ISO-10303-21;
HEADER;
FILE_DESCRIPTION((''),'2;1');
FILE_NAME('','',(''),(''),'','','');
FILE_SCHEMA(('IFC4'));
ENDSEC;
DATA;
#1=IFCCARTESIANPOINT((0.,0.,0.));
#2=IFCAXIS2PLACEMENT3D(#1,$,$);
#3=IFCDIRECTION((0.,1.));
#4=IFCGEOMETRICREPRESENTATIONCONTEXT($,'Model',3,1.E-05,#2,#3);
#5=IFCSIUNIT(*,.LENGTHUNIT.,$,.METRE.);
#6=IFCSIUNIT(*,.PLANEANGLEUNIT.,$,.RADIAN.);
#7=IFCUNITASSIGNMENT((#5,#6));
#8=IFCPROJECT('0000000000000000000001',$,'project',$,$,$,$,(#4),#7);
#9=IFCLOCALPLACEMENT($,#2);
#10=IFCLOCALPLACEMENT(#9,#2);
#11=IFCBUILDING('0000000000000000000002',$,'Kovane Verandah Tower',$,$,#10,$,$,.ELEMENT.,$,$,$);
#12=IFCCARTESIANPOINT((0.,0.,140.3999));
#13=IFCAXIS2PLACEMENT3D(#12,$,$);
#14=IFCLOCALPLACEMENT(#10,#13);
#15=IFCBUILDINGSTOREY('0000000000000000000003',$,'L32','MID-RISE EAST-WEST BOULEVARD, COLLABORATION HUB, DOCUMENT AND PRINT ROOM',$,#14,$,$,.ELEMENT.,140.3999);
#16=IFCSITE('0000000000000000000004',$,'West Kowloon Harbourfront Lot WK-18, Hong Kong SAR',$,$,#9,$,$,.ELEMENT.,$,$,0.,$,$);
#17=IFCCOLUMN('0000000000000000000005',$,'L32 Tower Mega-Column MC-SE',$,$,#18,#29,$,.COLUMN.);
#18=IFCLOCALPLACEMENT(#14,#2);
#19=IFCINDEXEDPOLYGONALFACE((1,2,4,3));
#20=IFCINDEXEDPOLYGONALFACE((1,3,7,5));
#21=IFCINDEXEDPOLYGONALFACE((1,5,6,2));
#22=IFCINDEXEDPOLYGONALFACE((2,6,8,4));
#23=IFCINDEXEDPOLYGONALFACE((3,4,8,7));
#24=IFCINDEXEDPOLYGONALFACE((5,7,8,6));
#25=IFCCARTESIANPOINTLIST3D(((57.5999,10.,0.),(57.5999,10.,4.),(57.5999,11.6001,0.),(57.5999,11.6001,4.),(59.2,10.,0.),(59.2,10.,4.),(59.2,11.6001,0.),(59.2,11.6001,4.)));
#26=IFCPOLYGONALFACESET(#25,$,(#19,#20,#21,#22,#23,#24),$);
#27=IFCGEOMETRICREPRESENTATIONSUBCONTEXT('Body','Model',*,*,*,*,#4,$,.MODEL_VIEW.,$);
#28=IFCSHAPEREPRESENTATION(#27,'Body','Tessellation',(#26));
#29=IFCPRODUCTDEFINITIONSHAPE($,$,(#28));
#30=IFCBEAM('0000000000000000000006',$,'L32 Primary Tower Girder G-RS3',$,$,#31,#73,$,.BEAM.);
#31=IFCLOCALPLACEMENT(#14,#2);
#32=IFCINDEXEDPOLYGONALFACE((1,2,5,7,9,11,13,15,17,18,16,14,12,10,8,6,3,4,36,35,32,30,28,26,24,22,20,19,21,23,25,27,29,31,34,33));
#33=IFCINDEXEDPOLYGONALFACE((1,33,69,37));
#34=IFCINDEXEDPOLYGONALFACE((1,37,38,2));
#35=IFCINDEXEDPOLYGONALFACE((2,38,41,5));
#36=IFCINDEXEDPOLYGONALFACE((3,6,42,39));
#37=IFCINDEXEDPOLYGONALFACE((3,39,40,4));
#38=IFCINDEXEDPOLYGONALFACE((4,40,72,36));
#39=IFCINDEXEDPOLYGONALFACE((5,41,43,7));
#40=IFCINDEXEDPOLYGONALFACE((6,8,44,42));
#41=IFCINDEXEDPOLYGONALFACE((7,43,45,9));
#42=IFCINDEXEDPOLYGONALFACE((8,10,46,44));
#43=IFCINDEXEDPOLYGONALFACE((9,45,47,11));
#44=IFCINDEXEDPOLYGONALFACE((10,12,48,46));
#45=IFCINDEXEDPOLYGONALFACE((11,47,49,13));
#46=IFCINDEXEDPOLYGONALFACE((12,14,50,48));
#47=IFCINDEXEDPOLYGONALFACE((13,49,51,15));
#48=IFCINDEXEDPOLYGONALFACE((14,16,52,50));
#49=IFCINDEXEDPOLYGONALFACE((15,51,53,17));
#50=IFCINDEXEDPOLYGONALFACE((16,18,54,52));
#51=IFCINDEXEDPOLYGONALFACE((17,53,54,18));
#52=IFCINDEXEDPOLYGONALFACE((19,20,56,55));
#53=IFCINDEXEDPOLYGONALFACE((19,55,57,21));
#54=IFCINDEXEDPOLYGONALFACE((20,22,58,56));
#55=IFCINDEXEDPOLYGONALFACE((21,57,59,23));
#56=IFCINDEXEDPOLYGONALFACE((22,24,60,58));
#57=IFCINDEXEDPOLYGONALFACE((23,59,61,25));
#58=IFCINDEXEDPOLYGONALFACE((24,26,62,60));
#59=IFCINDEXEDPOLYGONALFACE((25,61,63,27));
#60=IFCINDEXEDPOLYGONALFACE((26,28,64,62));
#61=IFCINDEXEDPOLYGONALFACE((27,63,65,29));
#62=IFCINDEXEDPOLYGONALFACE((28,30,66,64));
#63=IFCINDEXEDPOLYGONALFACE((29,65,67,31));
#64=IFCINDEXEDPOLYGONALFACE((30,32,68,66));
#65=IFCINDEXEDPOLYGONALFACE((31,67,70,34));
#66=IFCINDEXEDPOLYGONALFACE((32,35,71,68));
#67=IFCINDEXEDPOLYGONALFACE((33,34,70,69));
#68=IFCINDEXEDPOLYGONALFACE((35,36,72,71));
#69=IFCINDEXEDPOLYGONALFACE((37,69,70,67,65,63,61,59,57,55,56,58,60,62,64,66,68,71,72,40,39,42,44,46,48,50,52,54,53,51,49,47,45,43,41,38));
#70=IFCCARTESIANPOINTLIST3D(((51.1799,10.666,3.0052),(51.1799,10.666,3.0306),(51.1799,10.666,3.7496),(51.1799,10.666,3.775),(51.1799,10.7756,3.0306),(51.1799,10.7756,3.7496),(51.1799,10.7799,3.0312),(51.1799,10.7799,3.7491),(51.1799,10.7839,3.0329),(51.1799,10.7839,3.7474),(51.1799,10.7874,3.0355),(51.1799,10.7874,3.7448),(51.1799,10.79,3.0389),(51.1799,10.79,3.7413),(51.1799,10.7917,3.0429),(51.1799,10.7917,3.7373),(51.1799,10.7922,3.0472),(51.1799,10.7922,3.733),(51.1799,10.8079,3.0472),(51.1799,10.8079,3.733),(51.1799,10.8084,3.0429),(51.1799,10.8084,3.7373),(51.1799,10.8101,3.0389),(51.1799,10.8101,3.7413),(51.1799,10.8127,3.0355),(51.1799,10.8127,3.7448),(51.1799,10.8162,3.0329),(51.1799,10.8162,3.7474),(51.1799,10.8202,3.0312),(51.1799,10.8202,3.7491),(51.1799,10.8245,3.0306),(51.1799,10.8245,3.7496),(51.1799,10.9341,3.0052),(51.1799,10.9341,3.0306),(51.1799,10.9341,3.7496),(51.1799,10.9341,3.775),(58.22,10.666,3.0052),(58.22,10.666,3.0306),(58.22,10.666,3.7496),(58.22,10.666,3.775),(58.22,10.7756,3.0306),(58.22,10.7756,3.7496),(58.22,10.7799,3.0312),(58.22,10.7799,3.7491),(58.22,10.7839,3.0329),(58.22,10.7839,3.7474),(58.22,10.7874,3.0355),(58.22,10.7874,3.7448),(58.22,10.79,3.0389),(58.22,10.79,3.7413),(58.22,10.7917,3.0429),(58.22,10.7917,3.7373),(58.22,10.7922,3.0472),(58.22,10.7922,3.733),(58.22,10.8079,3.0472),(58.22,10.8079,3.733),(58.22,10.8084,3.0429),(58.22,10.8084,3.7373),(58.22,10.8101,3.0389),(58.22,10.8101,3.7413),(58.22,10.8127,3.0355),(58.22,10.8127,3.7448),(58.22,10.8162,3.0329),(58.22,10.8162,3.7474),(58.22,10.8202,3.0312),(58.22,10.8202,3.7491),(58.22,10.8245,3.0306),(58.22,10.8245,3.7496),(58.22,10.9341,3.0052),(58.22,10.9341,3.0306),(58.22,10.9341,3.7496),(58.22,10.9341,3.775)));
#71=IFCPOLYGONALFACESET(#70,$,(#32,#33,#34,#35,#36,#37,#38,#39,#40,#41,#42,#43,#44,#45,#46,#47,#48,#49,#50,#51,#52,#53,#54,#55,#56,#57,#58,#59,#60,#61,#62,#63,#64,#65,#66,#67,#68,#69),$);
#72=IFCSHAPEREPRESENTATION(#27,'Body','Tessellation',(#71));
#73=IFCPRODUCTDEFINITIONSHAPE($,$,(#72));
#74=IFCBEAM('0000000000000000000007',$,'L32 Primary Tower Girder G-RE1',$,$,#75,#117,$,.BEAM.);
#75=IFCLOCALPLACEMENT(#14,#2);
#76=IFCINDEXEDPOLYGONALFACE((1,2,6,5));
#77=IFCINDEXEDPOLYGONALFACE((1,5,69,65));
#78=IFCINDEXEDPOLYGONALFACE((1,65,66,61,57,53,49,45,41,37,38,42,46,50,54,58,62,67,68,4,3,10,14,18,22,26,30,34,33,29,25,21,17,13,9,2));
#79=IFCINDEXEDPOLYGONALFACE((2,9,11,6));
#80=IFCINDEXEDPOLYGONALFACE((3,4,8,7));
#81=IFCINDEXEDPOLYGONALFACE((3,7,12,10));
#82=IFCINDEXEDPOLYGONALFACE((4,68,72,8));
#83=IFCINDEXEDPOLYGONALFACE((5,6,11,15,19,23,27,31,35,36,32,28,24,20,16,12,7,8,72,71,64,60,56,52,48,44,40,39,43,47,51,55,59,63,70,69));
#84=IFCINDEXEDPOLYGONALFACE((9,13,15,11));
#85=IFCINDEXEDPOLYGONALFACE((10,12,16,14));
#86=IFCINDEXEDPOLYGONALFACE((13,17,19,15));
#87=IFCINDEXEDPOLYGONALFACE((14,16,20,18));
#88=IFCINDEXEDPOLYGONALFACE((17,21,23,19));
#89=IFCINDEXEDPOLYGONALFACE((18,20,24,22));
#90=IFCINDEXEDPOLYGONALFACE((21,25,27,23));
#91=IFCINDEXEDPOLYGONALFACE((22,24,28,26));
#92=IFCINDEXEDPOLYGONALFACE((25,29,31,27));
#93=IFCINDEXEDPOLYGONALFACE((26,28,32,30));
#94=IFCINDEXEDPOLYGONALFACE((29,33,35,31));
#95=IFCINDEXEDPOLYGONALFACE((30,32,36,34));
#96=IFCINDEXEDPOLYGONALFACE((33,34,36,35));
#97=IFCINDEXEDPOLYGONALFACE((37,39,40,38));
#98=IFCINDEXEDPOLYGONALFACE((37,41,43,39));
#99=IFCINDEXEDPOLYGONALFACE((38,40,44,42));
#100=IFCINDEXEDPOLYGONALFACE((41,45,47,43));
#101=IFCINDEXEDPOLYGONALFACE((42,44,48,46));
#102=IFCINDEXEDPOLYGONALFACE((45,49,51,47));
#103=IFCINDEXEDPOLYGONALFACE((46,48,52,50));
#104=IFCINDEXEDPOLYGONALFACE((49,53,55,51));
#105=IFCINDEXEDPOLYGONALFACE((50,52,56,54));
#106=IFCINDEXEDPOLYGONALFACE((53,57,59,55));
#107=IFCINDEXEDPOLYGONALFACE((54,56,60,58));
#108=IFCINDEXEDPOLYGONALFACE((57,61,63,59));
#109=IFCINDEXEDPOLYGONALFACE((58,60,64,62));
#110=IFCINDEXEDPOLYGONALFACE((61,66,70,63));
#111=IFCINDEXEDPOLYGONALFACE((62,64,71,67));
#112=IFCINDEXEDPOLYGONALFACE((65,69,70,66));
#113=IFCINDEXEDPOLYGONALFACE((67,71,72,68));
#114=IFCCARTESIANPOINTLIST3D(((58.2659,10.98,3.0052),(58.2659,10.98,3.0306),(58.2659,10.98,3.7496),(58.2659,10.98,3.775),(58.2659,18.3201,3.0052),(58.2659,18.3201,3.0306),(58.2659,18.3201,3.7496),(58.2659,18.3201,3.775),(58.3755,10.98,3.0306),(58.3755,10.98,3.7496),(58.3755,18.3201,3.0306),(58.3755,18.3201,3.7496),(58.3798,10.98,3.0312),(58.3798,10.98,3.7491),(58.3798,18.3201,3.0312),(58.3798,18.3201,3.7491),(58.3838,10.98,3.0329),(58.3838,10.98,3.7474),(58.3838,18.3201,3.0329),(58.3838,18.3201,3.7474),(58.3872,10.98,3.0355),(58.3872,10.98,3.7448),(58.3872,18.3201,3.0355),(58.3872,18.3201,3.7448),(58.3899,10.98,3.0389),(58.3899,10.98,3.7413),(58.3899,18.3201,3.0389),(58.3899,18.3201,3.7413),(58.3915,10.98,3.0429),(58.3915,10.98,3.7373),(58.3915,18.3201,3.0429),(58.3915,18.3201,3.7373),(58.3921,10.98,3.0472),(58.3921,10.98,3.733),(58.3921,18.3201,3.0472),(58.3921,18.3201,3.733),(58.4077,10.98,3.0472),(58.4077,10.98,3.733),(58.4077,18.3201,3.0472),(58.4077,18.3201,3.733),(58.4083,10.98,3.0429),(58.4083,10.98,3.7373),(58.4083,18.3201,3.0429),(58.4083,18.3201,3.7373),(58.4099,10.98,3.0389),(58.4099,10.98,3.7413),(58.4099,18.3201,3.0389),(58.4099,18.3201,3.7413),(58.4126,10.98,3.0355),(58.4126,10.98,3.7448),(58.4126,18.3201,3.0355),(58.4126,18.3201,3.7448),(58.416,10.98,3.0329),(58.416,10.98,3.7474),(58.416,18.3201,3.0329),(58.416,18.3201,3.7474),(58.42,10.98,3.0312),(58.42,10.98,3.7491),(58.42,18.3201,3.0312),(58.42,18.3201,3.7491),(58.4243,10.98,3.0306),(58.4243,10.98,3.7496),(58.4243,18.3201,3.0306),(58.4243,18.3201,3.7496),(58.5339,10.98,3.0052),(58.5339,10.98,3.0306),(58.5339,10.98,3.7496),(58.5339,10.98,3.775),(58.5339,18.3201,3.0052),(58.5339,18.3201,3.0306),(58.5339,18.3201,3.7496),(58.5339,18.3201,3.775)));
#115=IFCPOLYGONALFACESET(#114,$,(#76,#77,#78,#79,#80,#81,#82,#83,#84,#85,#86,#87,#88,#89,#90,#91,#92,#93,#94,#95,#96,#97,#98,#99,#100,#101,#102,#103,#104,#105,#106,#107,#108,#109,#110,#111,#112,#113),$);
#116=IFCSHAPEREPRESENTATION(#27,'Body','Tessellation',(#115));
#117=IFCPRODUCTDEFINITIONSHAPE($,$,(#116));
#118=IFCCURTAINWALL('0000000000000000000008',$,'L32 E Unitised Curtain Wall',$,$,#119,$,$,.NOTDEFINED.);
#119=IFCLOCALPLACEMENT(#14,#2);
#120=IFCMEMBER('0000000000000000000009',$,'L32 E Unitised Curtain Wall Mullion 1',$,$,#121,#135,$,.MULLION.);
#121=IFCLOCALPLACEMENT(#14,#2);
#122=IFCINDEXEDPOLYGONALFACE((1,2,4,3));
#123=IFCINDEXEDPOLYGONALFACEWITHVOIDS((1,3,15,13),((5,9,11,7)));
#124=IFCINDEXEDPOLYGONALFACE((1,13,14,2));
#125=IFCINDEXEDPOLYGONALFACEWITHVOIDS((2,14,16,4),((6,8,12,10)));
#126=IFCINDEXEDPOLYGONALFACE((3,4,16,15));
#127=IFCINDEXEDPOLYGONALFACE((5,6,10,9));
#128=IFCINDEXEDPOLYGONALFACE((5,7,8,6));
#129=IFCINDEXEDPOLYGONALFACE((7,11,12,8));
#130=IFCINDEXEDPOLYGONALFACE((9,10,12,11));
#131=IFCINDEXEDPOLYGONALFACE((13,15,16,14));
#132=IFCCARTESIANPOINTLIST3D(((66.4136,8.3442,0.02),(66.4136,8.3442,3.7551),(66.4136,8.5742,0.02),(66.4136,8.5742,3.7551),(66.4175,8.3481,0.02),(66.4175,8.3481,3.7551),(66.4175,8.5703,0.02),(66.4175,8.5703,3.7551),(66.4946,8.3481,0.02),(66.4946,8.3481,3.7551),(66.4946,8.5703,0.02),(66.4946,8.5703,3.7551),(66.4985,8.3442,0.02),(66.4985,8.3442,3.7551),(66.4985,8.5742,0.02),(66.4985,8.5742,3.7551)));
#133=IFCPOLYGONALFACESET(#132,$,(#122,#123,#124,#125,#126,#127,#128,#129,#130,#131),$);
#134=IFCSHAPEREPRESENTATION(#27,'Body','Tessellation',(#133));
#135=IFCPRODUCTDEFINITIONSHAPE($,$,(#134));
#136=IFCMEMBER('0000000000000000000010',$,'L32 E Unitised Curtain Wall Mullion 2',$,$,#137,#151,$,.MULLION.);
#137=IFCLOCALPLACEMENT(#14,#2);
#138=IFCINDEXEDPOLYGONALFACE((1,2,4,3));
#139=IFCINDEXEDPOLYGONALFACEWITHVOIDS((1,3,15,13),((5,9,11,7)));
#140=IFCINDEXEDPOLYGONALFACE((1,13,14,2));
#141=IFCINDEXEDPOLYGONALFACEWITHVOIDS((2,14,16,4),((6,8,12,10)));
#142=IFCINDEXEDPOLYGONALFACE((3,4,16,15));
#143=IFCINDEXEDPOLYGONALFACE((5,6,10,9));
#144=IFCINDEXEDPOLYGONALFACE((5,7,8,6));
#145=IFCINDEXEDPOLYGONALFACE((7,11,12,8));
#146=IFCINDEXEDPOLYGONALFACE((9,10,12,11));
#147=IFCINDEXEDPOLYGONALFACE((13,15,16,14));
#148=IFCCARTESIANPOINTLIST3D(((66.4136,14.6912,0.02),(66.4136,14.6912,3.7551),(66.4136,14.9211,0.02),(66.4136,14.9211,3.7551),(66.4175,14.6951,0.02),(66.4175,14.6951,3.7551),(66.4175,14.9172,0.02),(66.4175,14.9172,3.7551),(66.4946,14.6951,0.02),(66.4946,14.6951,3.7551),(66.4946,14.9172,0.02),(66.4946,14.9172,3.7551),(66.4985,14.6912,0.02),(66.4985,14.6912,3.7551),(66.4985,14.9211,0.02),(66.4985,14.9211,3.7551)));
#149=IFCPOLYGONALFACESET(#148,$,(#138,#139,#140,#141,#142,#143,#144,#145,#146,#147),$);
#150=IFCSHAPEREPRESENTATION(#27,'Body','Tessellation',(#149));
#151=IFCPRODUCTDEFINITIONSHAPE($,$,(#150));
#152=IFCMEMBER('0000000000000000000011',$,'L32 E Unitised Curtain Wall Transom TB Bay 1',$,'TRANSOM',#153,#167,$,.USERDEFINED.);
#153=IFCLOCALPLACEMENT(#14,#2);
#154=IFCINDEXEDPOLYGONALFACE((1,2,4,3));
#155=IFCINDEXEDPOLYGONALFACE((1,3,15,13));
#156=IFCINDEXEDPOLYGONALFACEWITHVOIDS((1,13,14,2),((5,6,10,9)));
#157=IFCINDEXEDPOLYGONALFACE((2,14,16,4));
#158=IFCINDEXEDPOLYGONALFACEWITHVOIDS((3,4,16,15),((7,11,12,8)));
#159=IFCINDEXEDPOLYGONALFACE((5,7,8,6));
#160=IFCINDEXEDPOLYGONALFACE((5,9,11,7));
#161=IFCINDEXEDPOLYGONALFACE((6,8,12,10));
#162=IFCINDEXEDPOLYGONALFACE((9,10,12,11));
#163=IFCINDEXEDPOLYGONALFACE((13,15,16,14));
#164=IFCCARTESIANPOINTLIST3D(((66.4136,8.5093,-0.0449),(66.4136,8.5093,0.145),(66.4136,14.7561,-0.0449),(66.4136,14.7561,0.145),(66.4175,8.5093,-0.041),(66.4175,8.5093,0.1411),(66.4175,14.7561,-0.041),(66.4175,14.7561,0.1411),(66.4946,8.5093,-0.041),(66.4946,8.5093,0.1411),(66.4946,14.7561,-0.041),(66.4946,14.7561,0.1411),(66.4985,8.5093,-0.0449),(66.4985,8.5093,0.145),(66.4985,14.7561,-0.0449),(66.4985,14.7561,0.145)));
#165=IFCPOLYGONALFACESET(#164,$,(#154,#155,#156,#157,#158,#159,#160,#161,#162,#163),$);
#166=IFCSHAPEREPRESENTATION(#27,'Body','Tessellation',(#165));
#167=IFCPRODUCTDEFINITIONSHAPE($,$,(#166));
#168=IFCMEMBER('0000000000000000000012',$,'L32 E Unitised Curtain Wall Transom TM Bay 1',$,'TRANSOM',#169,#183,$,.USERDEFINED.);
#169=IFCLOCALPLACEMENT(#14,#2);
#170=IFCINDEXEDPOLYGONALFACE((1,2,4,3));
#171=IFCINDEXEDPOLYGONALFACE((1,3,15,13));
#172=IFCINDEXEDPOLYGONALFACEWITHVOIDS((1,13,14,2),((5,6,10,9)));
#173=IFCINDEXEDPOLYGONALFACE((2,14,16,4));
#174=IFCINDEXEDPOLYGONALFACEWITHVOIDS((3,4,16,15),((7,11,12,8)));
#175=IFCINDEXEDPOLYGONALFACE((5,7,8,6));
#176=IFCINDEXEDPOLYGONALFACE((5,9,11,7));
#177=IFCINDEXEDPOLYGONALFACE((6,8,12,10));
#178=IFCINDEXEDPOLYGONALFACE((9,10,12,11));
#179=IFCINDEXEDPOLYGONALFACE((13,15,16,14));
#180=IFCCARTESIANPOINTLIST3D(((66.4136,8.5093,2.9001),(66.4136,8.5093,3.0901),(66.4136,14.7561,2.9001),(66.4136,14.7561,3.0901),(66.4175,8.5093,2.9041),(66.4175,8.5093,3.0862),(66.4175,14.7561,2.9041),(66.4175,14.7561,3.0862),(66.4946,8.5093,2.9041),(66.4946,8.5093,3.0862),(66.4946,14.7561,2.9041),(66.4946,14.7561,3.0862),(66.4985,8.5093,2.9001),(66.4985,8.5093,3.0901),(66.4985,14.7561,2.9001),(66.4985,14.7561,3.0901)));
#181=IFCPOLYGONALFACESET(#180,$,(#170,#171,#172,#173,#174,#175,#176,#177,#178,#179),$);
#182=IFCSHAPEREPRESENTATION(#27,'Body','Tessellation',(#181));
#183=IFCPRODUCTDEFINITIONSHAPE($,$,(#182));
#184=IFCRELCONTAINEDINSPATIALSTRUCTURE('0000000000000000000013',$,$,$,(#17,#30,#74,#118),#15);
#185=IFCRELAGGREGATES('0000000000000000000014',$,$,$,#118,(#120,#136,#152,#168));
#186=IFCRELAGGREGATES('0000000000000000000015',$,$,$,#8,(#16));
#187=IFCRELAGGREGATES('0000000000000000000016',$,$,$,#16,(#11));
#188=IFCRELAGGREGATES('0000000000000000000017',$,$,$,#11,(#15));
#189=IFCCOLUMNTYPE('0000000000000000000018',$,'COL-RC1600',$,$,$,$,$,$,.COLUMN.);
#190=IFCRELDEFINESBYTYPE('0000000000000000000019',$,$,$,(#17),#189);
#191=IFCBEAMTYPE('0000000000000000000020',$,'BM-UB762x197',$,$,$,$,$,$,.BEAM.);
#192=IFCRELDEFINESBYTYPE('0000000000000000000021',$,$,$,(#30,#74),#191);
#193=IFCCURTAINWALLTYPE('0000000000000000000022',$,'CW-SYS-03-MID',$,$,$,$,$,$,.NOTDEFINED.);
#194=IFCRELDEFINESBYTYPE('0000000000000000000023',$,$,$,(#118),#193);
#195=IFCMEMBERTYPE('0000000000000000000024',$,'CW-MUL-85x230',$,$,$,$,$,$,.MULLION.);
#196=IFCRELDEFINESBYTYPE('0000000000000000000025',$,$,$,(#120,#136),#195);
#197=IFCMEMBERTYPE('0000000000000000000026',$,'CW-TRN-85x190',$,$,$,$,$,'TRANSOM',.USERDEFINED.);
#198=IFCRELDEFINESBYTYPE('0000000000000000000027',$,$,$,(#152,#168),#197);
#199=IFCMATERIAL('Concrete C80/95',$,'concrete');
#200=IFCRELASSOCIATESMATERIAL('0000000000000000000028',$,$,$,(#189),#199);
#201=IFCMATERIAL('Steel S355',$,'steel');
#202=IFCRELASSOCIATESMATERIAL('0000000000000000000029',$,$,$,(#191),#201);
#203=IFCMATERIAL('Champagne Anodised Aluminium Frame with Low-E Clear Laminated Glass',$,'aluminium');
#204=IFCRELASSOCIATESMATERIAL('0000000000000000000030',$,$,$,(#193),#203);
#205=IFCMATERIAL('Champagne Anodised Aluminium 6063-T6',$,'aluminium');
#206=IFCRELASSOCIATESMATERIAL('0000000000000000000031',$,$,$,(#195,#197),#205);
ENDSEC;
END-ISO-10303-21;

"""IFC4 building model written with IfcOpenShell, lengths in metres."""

from ifc_helpers import new_model, si_unit, direction, frame, origin, origin_2d, place, context, subcontext, project, spatial, rectangle, hollow_rectangle, i_section, extrude, material, material_profile, profile_set, type_object, element, aggregate, save


model = new_model("IFC4")

# Units and contexts
model_context = context("Model", 3, precision=1e-05, world=origin(), true_north=direction((0.0, 1.0)))
body_context = subcontext(model_context, "Body", "Model", "MODEL_VIEW")
ifc_project = project(units=[si_unit("LENGTHUNIT", "METRE"), si_unit("PLANEANGLEUNIT", "RADIAN")], contexts=[model_context])

# Site, building, storey
site_placement = place(None, origin())
site = spatial("IfcSite", under=ifc_project, at=site_placement, Name="West Kowloon Harbourfront Lot WK-18, Hong Kong SAR", CompositionType="ELEMENT", RefElevation=0.0)
building_placement = place(site_placement, origin())
building = spatial("IfcBuilding", under=site, at=building_placement, Name="Kovane Verandah Tower", CompositionType="ELEMENT")
storey_placement = place(building_placement, frame((0.0, 0.0, 140.3999)))
storey = spatial("IfcBuildingStorey", under=building, at=storey_placement, Name="L32", Description="MID-RISE EAST-WEST BOULEVARD, COLLABORATION HUB, DOCUMENT AND PRINT ROOM", CompositionType="ELEMENT", Elevation=140.3999)

# Column
ifc_material_1 = material(Name="Concrete C80/95", Category="concrete")
ifc_material_profile_1 = material_profile(ifc_material_1, rectangle(XDim=1.6001, YDim=1.6001, at=origin_2d()), Name="RC1600x1600")
ifc_profile_set_1 = profile_set([ifc_material_profile_1], Name="Concrete C80/95")
column_type = type_object("IfcColumnType", Name="COL-RC1600", PredefinedType="COLUMN", material=ifc_profile_set_1)
column_placement = place(storey_placement, frame((58.3999, 10.8, 0.0), z_axis=(0.0, 0.0, 1.0), x_axis=(1.0, 0.0, 0.0)))
element("IfcColumn", 1, at=column_placement, inside=storey, type_object=column_type, Name="L32 Tower Mega-Column MC-SE", PredefinedType="COLUMN", context=body_context, shape_type="SweptSolid", body=[
    extrude(rectangle(XDim=1.6001, YDim=1.6001, at=origin_2d()), origin(), (0.0, 0.0, 1.0), 4.0),
])

# Beams
ifc_material_2 = material(Name="Steel S355", Category="steel")
ifc_material_profile_2 = material_profile(ifc_material_2, i_section(OverallWidth=0.2681, OverallDepth=0.7698, WebThickness=0.0156, FlangeThickness=0.0254, FilletRadius=0.0166, at=origin_2d()), Name="UB762x267x197")
ifc_profile_set_2 = profile_set([ifc_material_profile_2], Name="Steel S355")
beam_type_1 = type_object("IfcBeamType", Name="BM-UB762x197", PredefinedType="BEAM", material=ifc_profile_set_2)
beam_1_placement = place(storey_placement, frame((51.1799, 10.8, 3.3901), z_axis=(1.0, 0.0, 0.0), x_axis=(0.0, 1.0, 0.0)))
element("IfcBeam", 2, at=beam_1_placement, inside=storey, type_object=beam_type_1, Name="L32 Primary Tower Girder G-RS3", PredefinedType="BEAM", context=body_context, shape_type="SweptSolid", body=[
    extrude(i_section(OverallWidth=0.2681, OverallDepth=0.7698, WebThickness=0.0156, FlangeThickness=0.0254, FilletRadius=0.0166, at=origin_2d()), origin(), (0.0, 0.0, 1.0), 7.04),
])
beam_2_placement = place(storey_placement, frame((58.3999, 10.98, 3.3901), z_axis=(0.0, 1.0, 0.0), x_axis=(-1.0, 0.0, 0.0)))
element("IfcBeam", 3, at=beam_2_placement, inside=storey, type_object=beam_type_1, Name="L32 Primary Tower Girder G-RE1", PredefinedType="BEAM", context=body_context, shape_type="SweptSolid", body=[
    extrude(i_section(OverallWidth=0.2681, OverallDepth=0.7698, WebThickness=0.0156, FlangeThickness=0.0254, FilletRadius=0.0166, at=origin_2d()), origin(), (0.0, 0.0, 1.0), 7.3401),
])

# Curtain wall, members
ifc_material_3 = material(Name="Champagne Anodised Aluminium Frame with Low-E Clear Laminated Glass", Category="aluminium")
curtain_wall_type = type_object("IfcCurtainWallType", Name="CW-SYS-03-MID", PredefinedType="NOTDEFINED", material=ifc_material_3)
curtain_wall_placement = place(storey_placement, origin())
curtain_wall = element("IfcCurtainWall", 4, at=curtain_wall_placement, inside=storey, type_object=curtain_wall_type, Name="L32 E Unitised Curtain Wall", PredefinedType="NOTDEFINED")
ifc_material_4 = material(Name="Champagne Anodised Aluminium 6063-T6", Category="aluminium")
ifc_material_profile_3 = material_profile(ifc_material_4, hollow_rectangle(XDim=0.085, YDim=0.23, WallThickness=0.0039, at=origin_2d()), Name="AL85x230x4")
ifc_profile_set_3 = profile_set([ifc_material_profile_3], Name="Champagne Anodised Aluminium 6063-T6")
member_type_1 = type_object("IfcMemberType", Name="CW-MUL-85x230", PredefinedType="MULLION", material=ifc_profile_set_3)
member_1_placement = place(storey_placement, frame((66.4561, 8.4592, 0.02), z_axis=(0.0, 0.0, 1.0), x_axis=(1.0, 0.0, 0.0)))
member_1 = element("IfcMember", 5, at=member_1_placement, type_object=member_type_1, Name="L32 E Unitised Curtain Wall Mullion 1", PredefinedType="MULLION", context=body_context, shape_type="SweptSolid", body=[
    extrude(hollow_rectangle(XDim=0.085, YDim=0.23, WallThickness=0.0039, at=origin_2d()), origin(), (0.0, 0.0, 1.0), 3.7351),
])
member_2_placement = place(storey_placement, frame((66.4561, 14.8062, 0.02), z_axis=(0.0, 0.0, 1.0), x_axis=(1.0, 0.0, 0.0)))
member_2 = element("IfcMember", 6, at=member_2_placement, type_object=member_type_1, Name="L32 E Unitised Curtain Wall Mullion 2", PredefinedType="MULLION", context=body_context, shape_type="SweptSolid", body=[
    extrude(hollow_rectangle(XDim=0.085, YDim=0.23, WallThickness=0.0039, at=origin_2d()), origin(), (0.0, 0.0, 1.0), 3.7351),
])
ifc_material_profile_4 = material_profile(ifc_material_4, hollow_rectangle(XDim=0.085, YDim=0.1899, WallThickness=0.0039, at=origin_2d()), Name="AL85x190x4")
ifc_profile_set_4 = profile_set([ifc_material_profile_4], Name="Champagne Anodised Aluminium 6063-T6")
member_type_2 = type_object("IfcMemberType", Name="CW-TRN-85x190", ElementType="TRANSOM", PredefinedType="USERDEFINED", material=ifc_profile_set_4)
member_3_placement = place(storey_placement, frame((66.4561, 8.5093, 0.05), z_axis=(0.0, 1.0, 0.0), x_axis=(-1.0, 0.0, 0.0)))
member_3 = element("IfcMember", 7, at=member_3_placement, type_object=member_type_2, Name="L32 E Unitised Curtain Wall Transom TB Bay 1", ObjectType="TRANSOM", PredefinedType="USERDEFINED", context=body_context, shape_type="SweptSolid", body=[
    extrude(hollow_rectangle(XDim=0.085, YDim=0.1899, WallThickness=0.0039, at=origin_2d()), origin(), (0.0, 0.0, 1.0), 6.2468),
])
member_4_placement = place(storey_placement, frame((66.4561, 8.5093, 2.9951), z_axis=(0.0, 1.0, 0.0), x_axis=(-1.0, 0.0, 0.0)))
member_4 = element("IfcMember", 8, at=member_4_placement, type_object=member_type_2, Name="L32 E Unitised Curtain Wall Transom TM Bay 1", ObjectType="TRANSOM", PredefinedType="USERDEFINED", context=body_context, shape_type="SweptSolid", body=[
    extrude(hollow_rectangle(XDim=0.085, YDim=0.1899, WallThickness=0.0039, at=origin_2d()), origin(), (0.0, 0.0, 1.0), 6.2468),
])

aggregate(curtain_wall, [member_1, member_2, member_3, member_4])

save(model, "model.ifc")
